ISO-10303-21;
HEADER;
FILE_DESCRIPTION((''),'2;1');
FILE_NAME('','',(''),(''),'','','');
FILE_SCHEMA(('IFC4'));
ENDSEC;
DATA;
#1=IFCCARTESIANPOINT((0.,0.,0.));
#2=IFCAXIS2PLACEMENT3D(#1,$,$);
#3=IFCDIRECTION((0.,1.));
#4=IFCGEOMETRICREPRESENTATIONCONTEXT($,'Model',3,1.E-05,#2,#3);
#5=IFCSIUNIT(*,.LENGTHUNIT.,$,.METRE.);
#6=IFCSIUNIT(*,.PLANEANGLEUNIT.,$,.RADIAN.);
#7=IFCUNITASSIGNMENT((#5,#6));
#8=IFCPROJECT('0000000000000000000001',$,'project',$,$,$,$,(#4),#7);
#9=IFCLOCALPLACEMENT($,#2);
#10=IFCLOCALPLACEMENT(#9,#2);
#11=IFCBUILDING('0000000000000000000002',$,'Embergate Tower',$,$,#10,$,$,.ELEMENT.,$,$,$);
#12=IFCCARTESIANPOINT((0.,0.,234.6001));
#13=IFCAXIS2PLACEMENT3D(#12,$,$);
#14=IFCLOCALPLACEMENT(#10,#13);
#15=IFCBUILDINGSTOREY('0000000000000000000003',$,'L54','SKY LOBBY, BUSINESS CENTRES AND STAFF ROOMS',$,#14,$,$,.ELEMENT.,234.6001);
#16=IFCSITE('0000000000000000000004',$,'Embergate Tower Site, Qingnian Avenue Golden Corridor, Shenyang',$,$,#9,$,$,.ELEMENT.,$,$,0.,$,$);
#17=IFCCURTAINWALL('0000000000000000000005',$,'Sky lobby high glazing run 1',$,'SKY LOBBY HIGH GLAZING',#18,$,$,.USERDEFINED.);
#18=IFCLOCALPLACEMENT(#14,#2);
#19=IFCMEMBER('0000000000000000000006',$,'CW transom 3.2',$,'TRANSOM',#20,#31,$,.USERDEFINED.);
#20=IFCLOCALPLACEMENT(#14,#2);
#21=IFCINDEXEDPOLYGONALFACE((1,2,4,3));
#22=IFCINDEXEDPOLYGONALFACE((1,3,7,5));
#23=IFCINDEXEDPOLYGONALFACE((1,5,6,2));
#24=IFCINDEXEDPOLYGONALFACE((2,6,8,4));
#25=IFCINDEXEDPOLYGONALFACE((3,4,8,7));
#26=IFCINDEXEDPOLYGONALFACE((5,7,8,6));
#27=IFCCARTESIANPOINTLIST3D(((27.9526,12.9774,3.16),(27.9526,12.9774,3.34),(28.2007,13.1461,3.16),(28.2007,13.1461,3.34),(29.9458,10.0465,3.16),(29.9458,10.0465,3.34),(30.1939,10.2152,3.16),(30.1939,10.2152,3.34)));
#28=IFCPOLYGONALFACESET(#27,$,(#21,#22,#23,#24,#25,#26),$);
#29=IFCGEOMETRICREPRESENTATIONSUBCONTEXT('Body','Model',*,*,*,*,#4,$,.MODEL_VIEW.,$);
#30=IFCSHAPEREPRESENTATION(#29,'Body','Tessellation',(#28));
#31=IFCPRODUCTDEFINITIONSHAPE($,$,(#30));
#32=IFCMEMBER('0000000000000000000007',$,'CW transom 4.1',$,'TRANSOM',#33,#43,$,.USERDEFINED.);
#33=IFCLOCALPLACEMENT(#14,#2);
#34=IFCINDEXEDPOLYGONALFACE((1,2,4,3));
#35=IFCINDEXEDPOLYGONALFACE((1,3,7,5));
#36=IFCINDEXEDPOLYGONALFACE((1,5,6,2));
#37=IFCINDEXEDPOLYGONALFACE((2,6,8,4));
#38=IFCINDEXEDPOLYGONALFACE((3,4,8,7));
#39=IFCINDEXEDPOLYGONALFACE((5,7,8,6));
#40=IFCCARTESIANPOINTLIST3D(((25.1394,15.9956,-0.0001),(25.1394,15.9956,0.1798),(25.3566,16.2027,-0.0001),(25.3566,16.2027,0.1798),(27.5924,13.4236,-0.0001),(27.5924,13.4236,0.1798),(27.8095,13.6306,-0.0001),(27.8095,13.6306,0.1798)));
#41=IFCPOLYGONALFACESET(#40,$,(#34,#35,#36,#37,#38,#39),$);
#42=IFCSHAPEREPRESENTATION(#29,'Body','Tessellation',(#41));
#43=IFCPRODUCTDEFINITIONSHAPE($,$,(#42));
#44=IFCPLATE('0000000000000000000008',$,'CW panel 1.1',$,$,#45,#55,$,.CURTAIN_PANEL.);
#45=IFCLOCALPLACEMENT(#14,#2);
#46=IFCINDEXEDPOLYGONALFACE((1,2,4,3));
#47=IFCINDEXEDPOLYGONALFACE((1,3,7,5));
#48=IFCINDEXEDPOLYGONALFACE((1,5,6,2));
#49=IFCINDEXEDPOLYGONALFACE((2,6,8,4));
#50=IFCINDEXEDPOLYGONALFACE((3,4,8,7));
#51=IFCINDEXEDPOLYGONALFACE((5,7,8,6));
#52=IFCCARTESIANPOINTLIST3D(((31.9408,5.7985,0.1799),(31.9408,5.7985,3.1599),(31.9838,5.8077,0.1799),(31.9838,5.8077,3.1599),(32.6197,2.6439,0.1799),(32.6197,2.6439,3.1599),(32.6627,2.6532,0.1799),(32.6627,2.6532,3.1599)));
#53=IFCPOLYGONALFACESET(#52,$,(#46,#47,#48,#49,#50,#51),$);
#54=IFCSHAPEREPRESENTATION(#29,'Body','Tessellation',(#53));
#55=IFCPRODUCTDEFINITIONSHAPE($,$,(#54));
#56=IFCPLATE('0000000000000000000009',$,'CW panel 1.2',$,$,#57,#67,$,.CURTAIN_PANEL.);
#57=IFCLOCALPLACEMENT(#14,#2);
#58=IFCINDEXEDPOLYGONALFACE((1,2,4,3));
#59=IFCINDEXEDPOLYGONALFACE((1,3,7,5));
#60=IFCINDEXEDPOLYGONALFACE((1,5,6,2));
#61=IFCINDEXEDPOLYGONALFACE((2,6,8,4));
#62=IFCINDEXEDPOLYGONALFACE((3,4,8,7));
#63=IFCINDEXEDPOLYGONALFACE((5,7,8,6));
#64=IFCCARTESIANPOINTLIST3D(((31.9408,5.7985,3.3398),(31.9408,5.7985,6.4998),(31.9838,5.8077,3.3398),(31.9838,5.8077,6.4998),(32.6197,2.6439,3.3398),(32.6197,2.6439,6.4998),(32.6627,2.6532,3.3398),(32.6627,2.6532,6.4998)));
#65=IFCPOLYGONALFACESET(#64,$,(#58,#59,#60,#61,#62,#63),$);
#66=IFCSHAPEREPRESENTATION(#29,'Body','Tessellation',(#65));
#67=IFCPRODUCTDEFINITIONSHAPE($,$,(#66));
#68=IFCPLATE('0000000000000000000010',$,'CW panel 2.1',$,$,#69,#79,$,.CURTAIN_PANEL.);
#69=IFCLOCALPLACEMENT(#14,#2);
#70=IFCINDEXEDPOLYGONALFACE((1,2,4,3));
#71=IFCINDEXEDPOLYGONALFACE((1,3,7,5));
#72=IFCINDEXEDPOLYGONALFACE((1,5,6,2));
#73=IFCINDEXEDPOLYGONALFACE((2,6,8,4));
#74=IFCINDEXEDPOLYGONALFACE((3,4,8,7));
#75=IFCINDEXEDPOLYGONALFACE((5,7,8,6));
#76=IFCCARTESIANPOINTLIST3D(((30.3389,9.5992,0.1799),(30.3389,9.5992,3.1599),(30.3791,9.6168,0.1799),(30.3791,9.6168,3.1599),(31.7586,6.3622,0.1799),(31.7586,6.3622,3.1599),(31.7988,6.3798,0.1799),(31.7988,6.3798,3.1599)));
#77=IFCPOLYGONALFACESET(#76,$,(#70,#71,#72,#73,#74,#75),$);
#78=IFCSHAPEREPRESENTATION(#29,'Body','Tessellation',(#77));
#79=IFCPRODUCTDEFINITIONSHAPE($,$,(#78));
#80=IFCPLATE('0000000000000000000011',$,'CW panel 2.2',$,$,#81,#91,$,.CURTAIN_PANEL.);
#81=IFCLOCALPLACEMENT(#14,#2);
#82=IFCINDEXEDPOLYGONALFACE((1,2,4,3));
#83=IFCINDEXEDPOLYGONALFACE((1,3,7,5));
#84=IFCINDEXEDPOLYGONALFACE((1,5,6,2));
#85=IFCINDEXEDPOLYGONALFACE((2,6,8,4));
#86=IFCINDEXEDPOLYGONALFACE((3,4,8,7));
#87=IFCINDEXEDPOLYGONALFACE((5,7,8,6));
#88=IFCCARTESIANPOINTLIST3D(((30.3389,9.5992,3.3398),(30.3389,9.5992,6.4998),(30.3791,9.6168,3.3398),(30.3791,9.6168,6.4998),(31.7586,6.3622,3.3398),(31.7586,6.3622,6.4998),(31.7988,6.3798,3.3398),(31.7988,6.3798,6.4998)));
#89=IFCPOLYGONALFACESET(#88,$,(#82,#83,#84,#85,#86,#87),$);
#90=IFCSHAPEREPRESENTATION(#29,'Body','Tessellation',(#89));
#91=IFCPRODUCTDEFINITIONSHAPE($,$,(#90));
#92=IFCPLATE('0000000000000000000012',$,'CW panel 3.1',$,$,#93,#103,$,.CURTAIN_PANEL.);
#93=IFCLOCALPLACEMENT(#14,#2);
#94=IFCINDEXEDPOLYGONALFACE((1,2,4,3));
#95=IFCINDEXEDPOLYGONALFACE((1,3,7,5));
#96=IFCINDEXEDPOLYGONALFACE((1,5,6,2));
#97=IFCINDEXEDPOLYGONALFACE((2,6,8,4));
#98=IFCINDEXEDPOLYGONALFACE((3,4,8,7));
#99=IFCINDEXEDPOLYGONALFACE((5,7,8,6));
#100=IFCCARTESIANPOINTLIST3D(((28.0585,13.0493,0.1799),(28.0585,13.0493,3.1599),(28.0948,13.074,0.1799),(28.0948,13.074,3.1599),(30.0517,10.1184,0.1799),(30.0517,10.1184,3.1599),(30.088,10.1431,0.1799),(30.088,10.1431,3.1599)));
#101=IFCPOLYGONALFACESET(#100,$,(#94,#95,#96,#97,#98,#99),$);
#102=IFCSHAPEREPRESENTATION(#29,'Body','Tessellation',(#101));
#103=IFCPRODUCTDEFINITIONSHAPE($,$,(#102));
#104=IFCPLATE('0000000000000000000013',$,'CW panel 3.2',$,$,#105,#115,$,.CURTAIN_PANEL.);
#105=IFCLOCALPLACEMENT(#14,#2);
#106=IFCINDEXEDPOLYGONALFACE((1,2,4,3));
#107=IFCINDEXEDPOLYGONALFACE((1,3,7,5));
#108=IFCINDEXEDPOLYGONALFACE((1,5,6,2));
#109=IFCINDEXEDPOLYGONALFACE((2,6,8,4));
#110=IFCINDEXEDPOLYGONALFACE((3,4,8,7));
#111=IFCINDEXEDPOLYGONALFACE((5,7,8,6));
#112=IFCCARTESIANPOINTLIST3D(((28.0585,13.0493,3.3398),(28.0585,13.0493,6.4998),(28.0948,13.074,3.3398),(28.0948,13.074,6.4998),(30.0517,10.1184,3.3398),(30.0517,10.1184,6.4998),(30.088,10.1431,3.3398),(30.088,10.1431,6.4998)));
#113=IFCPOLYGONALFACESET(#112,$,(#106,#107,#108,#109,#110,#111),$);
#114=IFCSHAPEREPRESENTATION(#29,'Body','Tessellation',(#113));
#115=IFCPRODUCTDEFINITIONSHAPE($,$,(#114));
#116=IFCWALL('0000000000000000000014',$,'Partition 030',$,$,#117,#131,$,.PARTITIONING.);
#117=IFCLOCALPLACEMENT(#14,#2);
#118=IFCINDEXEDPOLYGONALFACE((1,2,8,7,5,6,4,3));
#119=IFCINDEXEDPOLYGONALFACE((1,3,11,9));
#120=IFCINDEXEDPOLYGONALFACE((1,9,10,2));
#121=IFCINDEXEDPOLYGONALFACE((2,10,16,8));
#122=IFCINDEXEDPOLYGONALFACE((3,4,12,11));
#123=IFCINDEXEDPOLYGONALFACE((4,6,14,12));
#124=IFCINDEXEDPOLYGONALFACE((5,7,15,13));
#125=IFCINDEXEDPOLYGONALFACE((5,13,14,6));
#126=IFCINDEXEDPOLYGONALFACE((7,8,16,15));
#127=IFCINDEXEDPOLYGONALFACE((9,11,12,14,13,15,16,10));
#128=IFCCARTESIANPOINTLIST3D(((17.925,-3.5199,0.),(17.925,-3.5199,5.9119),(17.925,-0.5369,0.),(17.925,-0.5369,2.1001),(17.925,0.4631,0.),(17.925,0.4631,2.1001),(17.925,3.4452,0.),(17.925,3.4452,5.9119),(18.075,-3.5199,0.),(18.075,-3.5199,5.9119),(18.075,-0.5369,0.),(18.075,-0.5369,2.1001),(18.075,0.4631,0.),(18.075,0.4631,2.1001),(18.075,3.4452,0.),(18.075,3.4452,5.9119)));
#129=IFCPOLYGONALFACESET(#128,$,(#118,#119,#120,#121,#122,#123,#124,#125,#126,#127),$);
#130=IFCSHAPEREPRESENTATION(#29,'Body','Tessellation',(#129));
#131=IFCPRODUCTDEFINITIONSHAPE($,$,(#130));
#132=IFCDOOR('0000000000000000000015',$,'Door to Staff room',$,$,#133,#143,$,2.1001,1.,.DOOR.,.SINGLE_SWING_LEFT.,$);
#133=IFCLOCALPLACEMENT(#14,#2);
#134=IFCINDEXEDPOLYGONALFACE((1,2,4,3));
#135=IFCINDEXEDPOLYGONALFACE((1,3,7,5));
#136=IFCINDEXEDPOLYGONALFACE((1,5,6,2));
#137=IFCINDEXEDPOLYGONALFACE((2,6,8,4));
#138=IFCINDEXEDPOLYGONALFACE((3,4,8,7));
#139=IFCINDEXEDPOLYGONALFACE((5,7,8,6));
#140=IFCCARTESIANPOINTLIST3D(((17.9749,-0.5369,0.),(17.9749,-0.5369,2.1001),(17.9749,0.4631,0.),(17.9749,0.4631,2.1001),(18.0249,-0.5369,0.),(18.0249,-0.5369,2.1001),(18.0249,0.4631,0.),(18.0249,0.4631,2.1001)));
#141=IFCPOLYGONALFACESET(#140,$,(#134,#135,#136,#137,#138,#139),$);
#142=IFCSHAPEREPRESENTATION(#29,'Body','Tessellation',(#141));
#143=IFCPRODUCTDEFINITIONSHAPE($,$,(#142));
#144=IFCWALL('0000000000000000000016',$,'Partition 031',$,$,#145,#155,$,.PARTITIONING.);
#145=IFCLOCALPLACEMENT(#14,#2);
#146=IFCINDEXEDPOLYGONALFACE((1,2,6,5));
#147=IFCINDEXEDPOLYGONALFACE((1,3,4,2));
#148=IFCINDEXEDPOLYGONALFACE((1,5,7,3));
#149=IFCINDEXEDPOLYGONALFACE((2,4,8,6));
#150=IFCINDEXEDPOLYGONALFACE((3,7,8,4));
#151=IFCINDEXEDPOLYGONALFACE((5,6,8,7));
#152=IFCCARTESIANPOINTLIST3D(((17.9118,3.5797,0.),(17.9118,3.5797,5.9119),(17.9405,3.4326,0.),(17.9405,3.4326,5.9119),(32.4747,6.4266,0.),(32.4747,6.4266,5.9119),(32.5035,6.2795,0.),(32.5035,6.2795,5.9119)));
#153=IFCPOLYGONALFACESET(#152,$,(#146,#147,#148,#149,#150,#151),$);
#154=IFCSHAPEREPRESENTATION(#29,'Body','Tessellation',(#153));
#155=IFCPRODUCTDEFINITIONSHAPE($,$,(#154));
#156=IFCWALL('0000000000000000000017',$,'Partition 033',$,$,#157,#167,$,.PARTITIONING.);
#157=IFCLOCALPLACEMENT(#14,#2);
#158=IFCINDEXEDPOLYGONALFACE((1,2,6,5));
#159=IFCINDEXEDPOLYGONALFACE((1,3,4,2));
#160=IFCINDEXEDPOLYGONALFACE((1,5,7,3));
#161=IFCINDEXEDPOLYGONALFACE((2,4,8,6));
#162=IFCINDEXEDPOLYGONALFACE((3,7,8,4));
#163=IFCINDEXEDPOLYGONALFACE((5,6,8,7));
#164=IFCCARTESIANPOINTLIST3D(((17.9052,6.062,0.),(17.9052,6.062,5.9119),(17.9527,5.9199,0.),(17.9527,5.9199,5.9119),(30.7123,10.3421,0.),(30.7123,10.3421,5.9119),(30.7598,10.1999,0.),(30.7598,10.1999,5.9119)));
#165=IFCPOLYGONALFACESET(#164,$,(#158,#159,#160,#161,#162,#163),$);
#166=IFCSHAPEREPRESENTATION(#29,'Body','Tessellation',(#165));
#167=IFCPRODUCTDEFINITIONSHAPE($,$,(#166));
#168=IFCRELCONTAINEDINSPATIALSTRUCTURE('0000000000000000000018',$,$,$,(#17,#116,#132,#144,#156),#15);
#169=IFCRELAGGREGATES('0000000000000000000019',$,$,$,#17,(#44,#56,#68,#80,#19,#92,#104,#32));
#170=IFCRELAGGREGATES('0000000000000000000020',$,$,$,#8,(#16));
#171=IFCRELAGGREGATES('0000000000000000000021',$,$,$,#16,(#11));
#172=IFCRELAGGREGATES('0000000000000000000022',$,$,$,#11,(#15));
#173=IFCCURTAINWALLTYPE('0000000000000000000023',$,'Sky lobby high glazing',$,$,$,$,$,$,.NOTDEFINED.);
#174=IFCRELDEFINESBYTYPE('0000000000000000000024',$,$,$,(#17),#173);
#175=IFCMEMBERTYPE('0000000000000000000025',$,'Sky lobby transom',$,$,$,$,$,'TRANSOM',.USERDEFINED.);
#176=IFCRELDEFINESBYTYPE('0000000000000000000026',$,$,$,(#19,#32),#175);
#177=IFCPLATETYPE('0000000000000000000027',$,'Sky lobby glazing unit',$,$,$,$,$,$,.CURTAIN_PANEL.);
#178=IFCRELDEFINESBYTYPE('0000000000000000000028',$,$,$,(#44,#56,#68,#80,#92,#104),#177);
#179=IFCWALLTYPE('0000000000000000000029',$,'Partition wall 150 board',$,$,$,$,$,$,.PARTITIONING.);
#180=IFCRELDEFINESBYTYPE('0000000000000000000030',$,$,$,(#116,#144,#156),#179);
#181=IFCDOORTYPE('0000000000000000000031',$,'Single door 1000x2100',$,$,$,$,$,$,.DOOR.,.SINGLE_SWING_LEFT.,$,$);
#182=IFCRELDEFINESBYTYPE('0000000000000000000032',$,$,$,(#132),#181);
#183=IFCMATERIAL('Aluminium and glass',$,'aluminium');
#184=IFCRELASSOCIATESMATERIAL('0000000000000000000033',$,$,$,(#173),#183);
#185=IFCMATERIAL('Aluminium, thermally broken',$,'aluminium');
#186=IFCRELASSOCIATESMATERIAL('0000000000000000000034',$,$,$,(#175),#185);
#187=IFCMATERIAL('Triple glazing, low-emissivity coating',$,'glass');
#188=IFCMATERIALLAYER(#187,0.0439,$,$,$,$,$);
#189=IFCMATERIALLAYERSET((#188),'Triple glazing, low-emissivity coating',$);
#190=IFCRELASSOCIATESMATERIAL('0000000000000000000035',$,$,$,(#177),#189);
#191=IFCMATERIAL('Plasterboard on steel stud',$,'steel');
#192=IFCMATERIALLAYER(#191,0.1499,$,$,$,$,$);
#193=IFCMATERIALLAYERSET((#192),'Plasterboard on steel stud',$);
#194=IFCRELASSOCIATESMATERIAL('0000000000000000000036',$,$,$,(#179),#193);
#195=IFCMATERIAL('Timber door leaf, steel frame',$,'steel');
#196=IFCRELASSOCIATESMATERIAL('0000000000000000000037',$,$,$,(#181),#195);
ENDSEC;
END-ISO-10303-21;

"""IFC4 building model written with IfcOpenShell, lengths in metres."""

from ifc_helpers import new_model, si_unit, direction, frame, frame_2d, origin, origin_2d, place, context, subcontext, project, spatial, rectangle, extrude, source, transform, mapped, material, layer, layer_set, material_profile, profile_set, type_object, element, fill, aggregate, save


model = new_model("IFC4")

# Units and contexts
model_context = context("Model", 3, precision=1e-05, world=origin(), true_north=direction((0.0, 1.0)))
body_context = subcontext(model_context, "Body", "Model", "MODEL_VIEW")
ifc_project = project(units=[si_unit("LENGTHUNIT", "METRE"), si_unit("PLANEANGLEUNIT", "RADIAN")], contexts=[model_context])

# Site, building, storey
site_placement = place(None, origin())
site = spatial("IfcSite", under=ifc_project, at=site_placement, Name="Embergate Tower Site, Qingnian Avenue Golden Corridor, Shenyang", CompositionType="ELEMENT", RefElevation=0.0)
building_placement = place(site_placement, origin())
building = spatial("IfcBuilding", under=site, at=building_placement, Name="Embergate Tower", CompositionType="ELEMENT")
storey_placement = place(building_placement, frame((0.0, 0.0, 234.6001)))
storey = spatial("IfcBuildingStorey", under=building, at=storey_placement, Name="L54", Description="SKY LOBBY, BUSINESS CENTRES AND STAFF ROOMS", CompositionType="ELEMENT", Elevation=234.6001)

# Curtain wall
ifc_material_1 = material(Name="Aluminium and glass", Category="aluminium")
curtain_wall_type = type_object("IfcCurtainWallType", Name="Sky lobby high glazing", PredefinedType="NOTDEFINED", material=ifc_material_1)
curtain_wall_1_placement = place(storey_placement, origin())
curtain_wall_1 = element("IfcCurtainWall", 1, at=curtain_wall_1_placement, inside=storey, type_object=curtain_wall_type, Name="Sky lobby high glazing run 1", ObjectType="SKY LOBBY HIGH GLAZING", PredefinedType="USERDEFINED")
ifc_material_2 = material(Name="Aluminium, thermally broken", Category="aluminium")

# Members
ifc_material_profile_1 = material_profile(ifc_material_2, rectangle(XDim=0.3, YDim=0.1799, at=origin_2d()), Name="AL 180x300")
ifc_profile_set_1 = profile_set([ifc_material_profile_1], Name="Aluminium, thermally broken")
member_type_1 = type_object("IfcMemberType", Name="Sky lobby transom", ElementType="TRANSOM", PredefinedType="USERDEFINED", material=ifc_profile_set_1)
shared_shape_1 = source(origin(), body_context, "Body", "SweptSolid", [
    extrude(rectangle(XDim=0.3, YDim=0.1799, at=origin_2d()), origin(), (0.0, 0.0, 1.0), 3.5444),
])
member_1_placement = place(storey_placement, frame((30.0698, 10.1309, 3.25), z_axis=(-0.562338, 0.826907, 0.0), x_axis=(-0.826907, -0.562338, 0.0)))
member_1 = element("IfcMember", 2, at=member_1_placement, type_object=member_type_1, Name="CW transom 3.2", ObjectType="TRANSOM", PredefinedType="USERDEFINED", context=body_context, shape_type="MappedRepresentation", body=[
    mapped(shared_shape_1, transform((0.0, 0.0, 0.0))),
])
shared_shape_2 = source(origin(), body_context, "Body", "SweptSolid", [
    extrude(rectangle(XDim=0.3, YDim=0.1799, at=origin_2d()), origin(), (0.0, 0.0, 1.0), 3.5542),
])
member_2_placement = place(storey_placement, frame((27.7009, 13.5271, 0.0898), z_axis=(-0.690147, 0.723669, 0.0), x_axis=(-0.723669, -0.690147, 0.0)))
member_2 = element("IfcMember", 3, at=member_2_placement, type_object=member_type_1, Name="CW transom 4.1", ObjectType="TRANSOM", PredefinedType="USERDEFINED", context=body_context, shape_type="MappedRepresentation", body=[
    mapped(shared_shape_2, transform((0.0, 0.0, 0.0))),
])

# Plates
ifc_material_3 = material(Name="Triple glazing, low-emissivity coating", Category="glass")
ifc_layer_1 = layer(ifc_material_3, 0.0439)
ifc_layer_set_1 = layer_set([ifc_layer_1], Name="Triple glazing, low-emissivity coating")
plate_type = type_object("IfcPlateType", Name="Sky lobby glazing unit", PredefinedType="CURTAIN_PANEL", material=ifc_layer_set_1)
shared_shape_3 = source(origin(), body_context, "Body", "SweptSolid", [
    extrude(rectangle(XDim=3.2268, YDim=0.0439, at=origin_2d()), origin(), (0.0, 0.0, 1.0), 2.98),
])
plate_1_placement = place(storey_placement, frame((32.3018, 4.2258, 0.1799), z_axis=(0.0, 0.0, 1.0), x_axis=(-0.210402, 0.977615, 0.0)))
plate_1 = element("IfcPlate", 4, at=plate_1_placement, type_object=plate_type, Name="CW panel 1.1", PredefinedType="CURTAIN_PANEL", context=body_context, shape_type="MappedRepresentation", body=[
    mapped(shared_shape_3, transform((0.0, 0.0, 0.0))),
])
shared_shape_4 = source(origin(), body_context, "Body", "SweptSolid", [
    extrude(rectangle(XDim=3.2268, YDim=0.0439, at=origin_2d()), origin(), (0.0, 0.0, 1.0), 3.1599),
])
plate_2_placement = place(storey_placement, frame((32.3018, 4.2258, 3.3398), z_axis=(0.0, 0.0, 1.0), x_axis=(-0.210402, 0.977615, 0.0)))
plate_2 = element("IfcPlate", 5, at=plate_2_placement, type_object=plate_type, Name="CW panel 1.2", PredefinedType="CURTAIN_PANEL", context=body_context, shape_type="MappedRepresentation", body=[
    mapped(shared_shape_4, transform((0.0, 0.0, 0.0))),
])
shared_shape_5 = source(origin(), body_context, "Body", "SweptSolid", [
    extrude(rectangle(XDim=3.5347, YDim=0.0439, at=origin_2d()), origin(), (0.0, 0.0, 1.0), 2.98),
])
plate_3_placement = place(storey_placement, frame((31.0688, 7.9895, 0.1799), z_axis=(0.0, 0.0, 1.0), x_axis=(-0.401657, 0.91579, 0.0)))
plate_3 = element("IfcPlate", 6, at=plate_3_placement, type_object=plate_type, Name="CW panel 2.1", PredefinedType="CURTAIN_PANEL", context=body_context, shape_type="MappedRepresentation", body=[
    mapped(shared_shape_5, transform((0.0, 0.0, 0.0))),
])
shared_shape_6 = source(origin(), body_context, "Body", "SweptSolid", [
    extrude(rectangle(XDim=3.5347, YDim=0.0439, at=origin_2d()), origin(), (0.0, 0.0, 1.0), 3.1599),
])
plate_4_placement = place(storey_placement, frame((31.0688, 7.9895, 3.3398), z_axis=(0.0, 0.0, 1.0), x_axis=(-0.401657, 0.91579, 0.0)))
plate_4 = element("IfcPlate", 7, at=plate_4_placement, type_object=plate_type, Name="CW panel 2.2", PredefinedType="CURTAIN_PANEL", context=body_context, shape_type="MappedRepresentation", body=[
    mapped(shared_shape_6, transform((0.0, 0.0, 0.0))),
])
shared_shape_7 = source(origin(), body_context, "Body", "SweptSolid", [
    extrude(rectangle(XDim=3.5444, YDim=0.0439, at=origin_2d()), origin(), (0.0, 0.0, 1.0), 2.98),
])
plate_5_placement = place(storey_placement, frame((29.0732, 11.5962, 0.1799), z_axis=(0.0, 0.0, 1.0), x_axis=(-0.562346, 0.826902, 0.0)))
plate_5 = element("IfcPlate", 8, at=plate_5_placement, type_object=plate_type, Name="CW panel 3.1", PredefinedType="CURTAIN_PANEL", context=body_context, shape_type="MappedRepresentation", body=[
    mapped(shared_shape_7, transform((0.0, 0.0, 0.0))),
])
shared_shape_8 = source(origin(), body_context, "Body", "SweptSolid", [
    extrude(rectangle(XDim=3.5444, YDim=0.0439, at=origin_2d()), origin(), (0.0, 0.0, 1.0), 3.1599),
])
plate_6_placement = place(storey_placement, frame((29.0732, 11.5962, 3.3398), z_axis=(0.0, 0.0, 1.0), x_axis=(-0.562346, 0.826902, 0.0)))
plate_6 = element("IfcPlate", 9, at=plate_6_placement, type_object=plate_type, Name="CW panel 3.2", PredefinedType="CURTAIN_PANEL", context=body_context, shape_type="MappedRepresentation", body=[
    mapped(shared_shape_8, transform((0.0, 0.0, 0.0))),
])
aggregate(curtain_wall_1, [plate_1, plate_2, plate_3, plate_4, member_1, plate_5, plate_6, member_2])

# Wall, opening, door
ifc_material_4 = material(Name="Plasterboard on steel stud", Category="steel")
ifc_layer_2 = layer(ifc_material_4, 0.1499)
ifc_layer_set_2 = layer_set([ifc_layer_2], Name="Plasterboard on steel stud")
wall_type = type_object("IfcWallType", Name="Partition wall 150 board", PredefinedType="PARTITIONING", material=ifc_layer_set_2)
shared_shape_9 = source(origin(), body_context, "Body", "SweptSolid", [
    extrude(rectangle(XDim=6.9651, YDim=0.1499, at=frame_2d((3.4824, 0.0))), origin(), (0.0, 0.0, 1.0), 5.9119),
])
wall_1_placement = place(storey_placement, frame((18.0, 3.4451, 0.0), z_axis=(0.0, 0.0, 1.0), x_axis=(0.0, -1.0, 0.0)))
wall_1 = element("IfcWall", 10, at=wall_1_placement, inside=storey, type_object=wall_type, Name="Partition 030", PredefinedType="PARTITIONING", context=body_context, shape_type="MappedRepresentation", body=[
    mapped(shared_shape_9, transform((0.0, 0.0, 0.0))),
])
shared_shape_10 = source(origin(), body_context, "Body", "SweptSolid", [
    extrude(rectangle(XDim=1.0, YDim=2.1001, at=frame_2d((0.5, 1.05))), frame((0.0, 0.085, 0.0), z_axis=(0.0, -1.0, 0.0), x_axis=(1.0, 0.0, 0.0)), (0.0, 0.0, 1.0), 0.1699),
])
opening_placement = place(wall_1_placement, frame((2.9819, 0.0, 0.0)))
opening = element("IfcOpeningElement", 11, at=opening_placement, cuts=wall_1, PredefinedType="OPENING", context=body_context, shape_type="MappedRepresentation", body=[
    mapped(shared_shape_10, transform((0.0, 0.0, 0.0))),
])
ifc_material_5 = material(Name="Timber door leaf, steel frame", Category="steel")
door_type = type_object("IfcDoorType", Name="Single door 1000x2100", OperationType="SINGLE_SWING_LEFT", PredefinedType="DOOR", material=ifc_material_5)
shared_shape_11 = source(origin(), body_context, "Body", "SweptSolid", [
    extrude(rectangle(XDim=1.0, YDim=2.1001, at=frame_2d((0.5, 1.05))), frame((0.0, 0.0249, 0.0), z_axis=(0.0, -1.0, 0.0), x_axis=(1.0, 0.0, 0.0)), (0.0, 0.0, 1.0), 0.05),
])
door_placement = place(opening_placement, origin())
door = element("IfcDoor", 12, at=door_placement, inside=storey, type_object=door_type, Name="Door to Staff room", OperationType="SINGLE_SWING_LEFT", OverallHeight=2.1001, OverallWidth=1.0, PredefinedType="DOOR", context=body_context, shape_type="MappedRepresentation", body=[
    mapped(shared_shape_11, transform((0.0, 0.0, 0.0))),
])
fill(opening, door)

# Walls
shared_shape_12 = source(origin(), body_context, "Body", "SweptSolid", [
    extrude(rectangle(XDim=14.8386, YDim=0.1499, at=frame_2d((7.4194, 0.0))), origin(), (0.0, 0.0, 1.0), 5.9119),
])
wall_2_placement = place(storey_placement, frame((17.926, 3.5061, 0.0), z_axis=(0.0, 0.0, 1.0), x_axis=(0.981423, 0.191859, 0.0)))
element("IfcWall", 13, at=wall_2_placement, inside=storey, type_object=wall_type, Name="Partition 031", PredefinedType="PARTITIONING", context=body_context, shape_type="MappedRepresentation", body=[
    mapped(shared_shape_12, transform((0.0, 0.0, 0.0))),
])
shared_shape_13 = source(origin(), body_context, "Body", "SweptSolid", [
    extrude(rectangle(XDim=13.5034, YDim=0.1499, at=frame_2d((6.7517, 0.0))), origin(), (0.0, 0.0, 1.0), 5.9119),
])
wall_3_placement = place(storey_placement, frame((30.7361, 10.271, 0.0), z_axis=(0.0, 0.0, 1.0), x_axis=(-0.948439, -0.31696, 0.0)))
element("IfcWall", 14, at=wall_3_placement, inside=storey, type_object=wall_type, Name="Partition 033", PredefinedType="PARTITIONING", context=body_context, shape_type="MappedRepresentation", body=[
    mapped(shared_shape_13, transform((0.0, 0.0, 0.0))),
])

save(model, "model.ifc")
